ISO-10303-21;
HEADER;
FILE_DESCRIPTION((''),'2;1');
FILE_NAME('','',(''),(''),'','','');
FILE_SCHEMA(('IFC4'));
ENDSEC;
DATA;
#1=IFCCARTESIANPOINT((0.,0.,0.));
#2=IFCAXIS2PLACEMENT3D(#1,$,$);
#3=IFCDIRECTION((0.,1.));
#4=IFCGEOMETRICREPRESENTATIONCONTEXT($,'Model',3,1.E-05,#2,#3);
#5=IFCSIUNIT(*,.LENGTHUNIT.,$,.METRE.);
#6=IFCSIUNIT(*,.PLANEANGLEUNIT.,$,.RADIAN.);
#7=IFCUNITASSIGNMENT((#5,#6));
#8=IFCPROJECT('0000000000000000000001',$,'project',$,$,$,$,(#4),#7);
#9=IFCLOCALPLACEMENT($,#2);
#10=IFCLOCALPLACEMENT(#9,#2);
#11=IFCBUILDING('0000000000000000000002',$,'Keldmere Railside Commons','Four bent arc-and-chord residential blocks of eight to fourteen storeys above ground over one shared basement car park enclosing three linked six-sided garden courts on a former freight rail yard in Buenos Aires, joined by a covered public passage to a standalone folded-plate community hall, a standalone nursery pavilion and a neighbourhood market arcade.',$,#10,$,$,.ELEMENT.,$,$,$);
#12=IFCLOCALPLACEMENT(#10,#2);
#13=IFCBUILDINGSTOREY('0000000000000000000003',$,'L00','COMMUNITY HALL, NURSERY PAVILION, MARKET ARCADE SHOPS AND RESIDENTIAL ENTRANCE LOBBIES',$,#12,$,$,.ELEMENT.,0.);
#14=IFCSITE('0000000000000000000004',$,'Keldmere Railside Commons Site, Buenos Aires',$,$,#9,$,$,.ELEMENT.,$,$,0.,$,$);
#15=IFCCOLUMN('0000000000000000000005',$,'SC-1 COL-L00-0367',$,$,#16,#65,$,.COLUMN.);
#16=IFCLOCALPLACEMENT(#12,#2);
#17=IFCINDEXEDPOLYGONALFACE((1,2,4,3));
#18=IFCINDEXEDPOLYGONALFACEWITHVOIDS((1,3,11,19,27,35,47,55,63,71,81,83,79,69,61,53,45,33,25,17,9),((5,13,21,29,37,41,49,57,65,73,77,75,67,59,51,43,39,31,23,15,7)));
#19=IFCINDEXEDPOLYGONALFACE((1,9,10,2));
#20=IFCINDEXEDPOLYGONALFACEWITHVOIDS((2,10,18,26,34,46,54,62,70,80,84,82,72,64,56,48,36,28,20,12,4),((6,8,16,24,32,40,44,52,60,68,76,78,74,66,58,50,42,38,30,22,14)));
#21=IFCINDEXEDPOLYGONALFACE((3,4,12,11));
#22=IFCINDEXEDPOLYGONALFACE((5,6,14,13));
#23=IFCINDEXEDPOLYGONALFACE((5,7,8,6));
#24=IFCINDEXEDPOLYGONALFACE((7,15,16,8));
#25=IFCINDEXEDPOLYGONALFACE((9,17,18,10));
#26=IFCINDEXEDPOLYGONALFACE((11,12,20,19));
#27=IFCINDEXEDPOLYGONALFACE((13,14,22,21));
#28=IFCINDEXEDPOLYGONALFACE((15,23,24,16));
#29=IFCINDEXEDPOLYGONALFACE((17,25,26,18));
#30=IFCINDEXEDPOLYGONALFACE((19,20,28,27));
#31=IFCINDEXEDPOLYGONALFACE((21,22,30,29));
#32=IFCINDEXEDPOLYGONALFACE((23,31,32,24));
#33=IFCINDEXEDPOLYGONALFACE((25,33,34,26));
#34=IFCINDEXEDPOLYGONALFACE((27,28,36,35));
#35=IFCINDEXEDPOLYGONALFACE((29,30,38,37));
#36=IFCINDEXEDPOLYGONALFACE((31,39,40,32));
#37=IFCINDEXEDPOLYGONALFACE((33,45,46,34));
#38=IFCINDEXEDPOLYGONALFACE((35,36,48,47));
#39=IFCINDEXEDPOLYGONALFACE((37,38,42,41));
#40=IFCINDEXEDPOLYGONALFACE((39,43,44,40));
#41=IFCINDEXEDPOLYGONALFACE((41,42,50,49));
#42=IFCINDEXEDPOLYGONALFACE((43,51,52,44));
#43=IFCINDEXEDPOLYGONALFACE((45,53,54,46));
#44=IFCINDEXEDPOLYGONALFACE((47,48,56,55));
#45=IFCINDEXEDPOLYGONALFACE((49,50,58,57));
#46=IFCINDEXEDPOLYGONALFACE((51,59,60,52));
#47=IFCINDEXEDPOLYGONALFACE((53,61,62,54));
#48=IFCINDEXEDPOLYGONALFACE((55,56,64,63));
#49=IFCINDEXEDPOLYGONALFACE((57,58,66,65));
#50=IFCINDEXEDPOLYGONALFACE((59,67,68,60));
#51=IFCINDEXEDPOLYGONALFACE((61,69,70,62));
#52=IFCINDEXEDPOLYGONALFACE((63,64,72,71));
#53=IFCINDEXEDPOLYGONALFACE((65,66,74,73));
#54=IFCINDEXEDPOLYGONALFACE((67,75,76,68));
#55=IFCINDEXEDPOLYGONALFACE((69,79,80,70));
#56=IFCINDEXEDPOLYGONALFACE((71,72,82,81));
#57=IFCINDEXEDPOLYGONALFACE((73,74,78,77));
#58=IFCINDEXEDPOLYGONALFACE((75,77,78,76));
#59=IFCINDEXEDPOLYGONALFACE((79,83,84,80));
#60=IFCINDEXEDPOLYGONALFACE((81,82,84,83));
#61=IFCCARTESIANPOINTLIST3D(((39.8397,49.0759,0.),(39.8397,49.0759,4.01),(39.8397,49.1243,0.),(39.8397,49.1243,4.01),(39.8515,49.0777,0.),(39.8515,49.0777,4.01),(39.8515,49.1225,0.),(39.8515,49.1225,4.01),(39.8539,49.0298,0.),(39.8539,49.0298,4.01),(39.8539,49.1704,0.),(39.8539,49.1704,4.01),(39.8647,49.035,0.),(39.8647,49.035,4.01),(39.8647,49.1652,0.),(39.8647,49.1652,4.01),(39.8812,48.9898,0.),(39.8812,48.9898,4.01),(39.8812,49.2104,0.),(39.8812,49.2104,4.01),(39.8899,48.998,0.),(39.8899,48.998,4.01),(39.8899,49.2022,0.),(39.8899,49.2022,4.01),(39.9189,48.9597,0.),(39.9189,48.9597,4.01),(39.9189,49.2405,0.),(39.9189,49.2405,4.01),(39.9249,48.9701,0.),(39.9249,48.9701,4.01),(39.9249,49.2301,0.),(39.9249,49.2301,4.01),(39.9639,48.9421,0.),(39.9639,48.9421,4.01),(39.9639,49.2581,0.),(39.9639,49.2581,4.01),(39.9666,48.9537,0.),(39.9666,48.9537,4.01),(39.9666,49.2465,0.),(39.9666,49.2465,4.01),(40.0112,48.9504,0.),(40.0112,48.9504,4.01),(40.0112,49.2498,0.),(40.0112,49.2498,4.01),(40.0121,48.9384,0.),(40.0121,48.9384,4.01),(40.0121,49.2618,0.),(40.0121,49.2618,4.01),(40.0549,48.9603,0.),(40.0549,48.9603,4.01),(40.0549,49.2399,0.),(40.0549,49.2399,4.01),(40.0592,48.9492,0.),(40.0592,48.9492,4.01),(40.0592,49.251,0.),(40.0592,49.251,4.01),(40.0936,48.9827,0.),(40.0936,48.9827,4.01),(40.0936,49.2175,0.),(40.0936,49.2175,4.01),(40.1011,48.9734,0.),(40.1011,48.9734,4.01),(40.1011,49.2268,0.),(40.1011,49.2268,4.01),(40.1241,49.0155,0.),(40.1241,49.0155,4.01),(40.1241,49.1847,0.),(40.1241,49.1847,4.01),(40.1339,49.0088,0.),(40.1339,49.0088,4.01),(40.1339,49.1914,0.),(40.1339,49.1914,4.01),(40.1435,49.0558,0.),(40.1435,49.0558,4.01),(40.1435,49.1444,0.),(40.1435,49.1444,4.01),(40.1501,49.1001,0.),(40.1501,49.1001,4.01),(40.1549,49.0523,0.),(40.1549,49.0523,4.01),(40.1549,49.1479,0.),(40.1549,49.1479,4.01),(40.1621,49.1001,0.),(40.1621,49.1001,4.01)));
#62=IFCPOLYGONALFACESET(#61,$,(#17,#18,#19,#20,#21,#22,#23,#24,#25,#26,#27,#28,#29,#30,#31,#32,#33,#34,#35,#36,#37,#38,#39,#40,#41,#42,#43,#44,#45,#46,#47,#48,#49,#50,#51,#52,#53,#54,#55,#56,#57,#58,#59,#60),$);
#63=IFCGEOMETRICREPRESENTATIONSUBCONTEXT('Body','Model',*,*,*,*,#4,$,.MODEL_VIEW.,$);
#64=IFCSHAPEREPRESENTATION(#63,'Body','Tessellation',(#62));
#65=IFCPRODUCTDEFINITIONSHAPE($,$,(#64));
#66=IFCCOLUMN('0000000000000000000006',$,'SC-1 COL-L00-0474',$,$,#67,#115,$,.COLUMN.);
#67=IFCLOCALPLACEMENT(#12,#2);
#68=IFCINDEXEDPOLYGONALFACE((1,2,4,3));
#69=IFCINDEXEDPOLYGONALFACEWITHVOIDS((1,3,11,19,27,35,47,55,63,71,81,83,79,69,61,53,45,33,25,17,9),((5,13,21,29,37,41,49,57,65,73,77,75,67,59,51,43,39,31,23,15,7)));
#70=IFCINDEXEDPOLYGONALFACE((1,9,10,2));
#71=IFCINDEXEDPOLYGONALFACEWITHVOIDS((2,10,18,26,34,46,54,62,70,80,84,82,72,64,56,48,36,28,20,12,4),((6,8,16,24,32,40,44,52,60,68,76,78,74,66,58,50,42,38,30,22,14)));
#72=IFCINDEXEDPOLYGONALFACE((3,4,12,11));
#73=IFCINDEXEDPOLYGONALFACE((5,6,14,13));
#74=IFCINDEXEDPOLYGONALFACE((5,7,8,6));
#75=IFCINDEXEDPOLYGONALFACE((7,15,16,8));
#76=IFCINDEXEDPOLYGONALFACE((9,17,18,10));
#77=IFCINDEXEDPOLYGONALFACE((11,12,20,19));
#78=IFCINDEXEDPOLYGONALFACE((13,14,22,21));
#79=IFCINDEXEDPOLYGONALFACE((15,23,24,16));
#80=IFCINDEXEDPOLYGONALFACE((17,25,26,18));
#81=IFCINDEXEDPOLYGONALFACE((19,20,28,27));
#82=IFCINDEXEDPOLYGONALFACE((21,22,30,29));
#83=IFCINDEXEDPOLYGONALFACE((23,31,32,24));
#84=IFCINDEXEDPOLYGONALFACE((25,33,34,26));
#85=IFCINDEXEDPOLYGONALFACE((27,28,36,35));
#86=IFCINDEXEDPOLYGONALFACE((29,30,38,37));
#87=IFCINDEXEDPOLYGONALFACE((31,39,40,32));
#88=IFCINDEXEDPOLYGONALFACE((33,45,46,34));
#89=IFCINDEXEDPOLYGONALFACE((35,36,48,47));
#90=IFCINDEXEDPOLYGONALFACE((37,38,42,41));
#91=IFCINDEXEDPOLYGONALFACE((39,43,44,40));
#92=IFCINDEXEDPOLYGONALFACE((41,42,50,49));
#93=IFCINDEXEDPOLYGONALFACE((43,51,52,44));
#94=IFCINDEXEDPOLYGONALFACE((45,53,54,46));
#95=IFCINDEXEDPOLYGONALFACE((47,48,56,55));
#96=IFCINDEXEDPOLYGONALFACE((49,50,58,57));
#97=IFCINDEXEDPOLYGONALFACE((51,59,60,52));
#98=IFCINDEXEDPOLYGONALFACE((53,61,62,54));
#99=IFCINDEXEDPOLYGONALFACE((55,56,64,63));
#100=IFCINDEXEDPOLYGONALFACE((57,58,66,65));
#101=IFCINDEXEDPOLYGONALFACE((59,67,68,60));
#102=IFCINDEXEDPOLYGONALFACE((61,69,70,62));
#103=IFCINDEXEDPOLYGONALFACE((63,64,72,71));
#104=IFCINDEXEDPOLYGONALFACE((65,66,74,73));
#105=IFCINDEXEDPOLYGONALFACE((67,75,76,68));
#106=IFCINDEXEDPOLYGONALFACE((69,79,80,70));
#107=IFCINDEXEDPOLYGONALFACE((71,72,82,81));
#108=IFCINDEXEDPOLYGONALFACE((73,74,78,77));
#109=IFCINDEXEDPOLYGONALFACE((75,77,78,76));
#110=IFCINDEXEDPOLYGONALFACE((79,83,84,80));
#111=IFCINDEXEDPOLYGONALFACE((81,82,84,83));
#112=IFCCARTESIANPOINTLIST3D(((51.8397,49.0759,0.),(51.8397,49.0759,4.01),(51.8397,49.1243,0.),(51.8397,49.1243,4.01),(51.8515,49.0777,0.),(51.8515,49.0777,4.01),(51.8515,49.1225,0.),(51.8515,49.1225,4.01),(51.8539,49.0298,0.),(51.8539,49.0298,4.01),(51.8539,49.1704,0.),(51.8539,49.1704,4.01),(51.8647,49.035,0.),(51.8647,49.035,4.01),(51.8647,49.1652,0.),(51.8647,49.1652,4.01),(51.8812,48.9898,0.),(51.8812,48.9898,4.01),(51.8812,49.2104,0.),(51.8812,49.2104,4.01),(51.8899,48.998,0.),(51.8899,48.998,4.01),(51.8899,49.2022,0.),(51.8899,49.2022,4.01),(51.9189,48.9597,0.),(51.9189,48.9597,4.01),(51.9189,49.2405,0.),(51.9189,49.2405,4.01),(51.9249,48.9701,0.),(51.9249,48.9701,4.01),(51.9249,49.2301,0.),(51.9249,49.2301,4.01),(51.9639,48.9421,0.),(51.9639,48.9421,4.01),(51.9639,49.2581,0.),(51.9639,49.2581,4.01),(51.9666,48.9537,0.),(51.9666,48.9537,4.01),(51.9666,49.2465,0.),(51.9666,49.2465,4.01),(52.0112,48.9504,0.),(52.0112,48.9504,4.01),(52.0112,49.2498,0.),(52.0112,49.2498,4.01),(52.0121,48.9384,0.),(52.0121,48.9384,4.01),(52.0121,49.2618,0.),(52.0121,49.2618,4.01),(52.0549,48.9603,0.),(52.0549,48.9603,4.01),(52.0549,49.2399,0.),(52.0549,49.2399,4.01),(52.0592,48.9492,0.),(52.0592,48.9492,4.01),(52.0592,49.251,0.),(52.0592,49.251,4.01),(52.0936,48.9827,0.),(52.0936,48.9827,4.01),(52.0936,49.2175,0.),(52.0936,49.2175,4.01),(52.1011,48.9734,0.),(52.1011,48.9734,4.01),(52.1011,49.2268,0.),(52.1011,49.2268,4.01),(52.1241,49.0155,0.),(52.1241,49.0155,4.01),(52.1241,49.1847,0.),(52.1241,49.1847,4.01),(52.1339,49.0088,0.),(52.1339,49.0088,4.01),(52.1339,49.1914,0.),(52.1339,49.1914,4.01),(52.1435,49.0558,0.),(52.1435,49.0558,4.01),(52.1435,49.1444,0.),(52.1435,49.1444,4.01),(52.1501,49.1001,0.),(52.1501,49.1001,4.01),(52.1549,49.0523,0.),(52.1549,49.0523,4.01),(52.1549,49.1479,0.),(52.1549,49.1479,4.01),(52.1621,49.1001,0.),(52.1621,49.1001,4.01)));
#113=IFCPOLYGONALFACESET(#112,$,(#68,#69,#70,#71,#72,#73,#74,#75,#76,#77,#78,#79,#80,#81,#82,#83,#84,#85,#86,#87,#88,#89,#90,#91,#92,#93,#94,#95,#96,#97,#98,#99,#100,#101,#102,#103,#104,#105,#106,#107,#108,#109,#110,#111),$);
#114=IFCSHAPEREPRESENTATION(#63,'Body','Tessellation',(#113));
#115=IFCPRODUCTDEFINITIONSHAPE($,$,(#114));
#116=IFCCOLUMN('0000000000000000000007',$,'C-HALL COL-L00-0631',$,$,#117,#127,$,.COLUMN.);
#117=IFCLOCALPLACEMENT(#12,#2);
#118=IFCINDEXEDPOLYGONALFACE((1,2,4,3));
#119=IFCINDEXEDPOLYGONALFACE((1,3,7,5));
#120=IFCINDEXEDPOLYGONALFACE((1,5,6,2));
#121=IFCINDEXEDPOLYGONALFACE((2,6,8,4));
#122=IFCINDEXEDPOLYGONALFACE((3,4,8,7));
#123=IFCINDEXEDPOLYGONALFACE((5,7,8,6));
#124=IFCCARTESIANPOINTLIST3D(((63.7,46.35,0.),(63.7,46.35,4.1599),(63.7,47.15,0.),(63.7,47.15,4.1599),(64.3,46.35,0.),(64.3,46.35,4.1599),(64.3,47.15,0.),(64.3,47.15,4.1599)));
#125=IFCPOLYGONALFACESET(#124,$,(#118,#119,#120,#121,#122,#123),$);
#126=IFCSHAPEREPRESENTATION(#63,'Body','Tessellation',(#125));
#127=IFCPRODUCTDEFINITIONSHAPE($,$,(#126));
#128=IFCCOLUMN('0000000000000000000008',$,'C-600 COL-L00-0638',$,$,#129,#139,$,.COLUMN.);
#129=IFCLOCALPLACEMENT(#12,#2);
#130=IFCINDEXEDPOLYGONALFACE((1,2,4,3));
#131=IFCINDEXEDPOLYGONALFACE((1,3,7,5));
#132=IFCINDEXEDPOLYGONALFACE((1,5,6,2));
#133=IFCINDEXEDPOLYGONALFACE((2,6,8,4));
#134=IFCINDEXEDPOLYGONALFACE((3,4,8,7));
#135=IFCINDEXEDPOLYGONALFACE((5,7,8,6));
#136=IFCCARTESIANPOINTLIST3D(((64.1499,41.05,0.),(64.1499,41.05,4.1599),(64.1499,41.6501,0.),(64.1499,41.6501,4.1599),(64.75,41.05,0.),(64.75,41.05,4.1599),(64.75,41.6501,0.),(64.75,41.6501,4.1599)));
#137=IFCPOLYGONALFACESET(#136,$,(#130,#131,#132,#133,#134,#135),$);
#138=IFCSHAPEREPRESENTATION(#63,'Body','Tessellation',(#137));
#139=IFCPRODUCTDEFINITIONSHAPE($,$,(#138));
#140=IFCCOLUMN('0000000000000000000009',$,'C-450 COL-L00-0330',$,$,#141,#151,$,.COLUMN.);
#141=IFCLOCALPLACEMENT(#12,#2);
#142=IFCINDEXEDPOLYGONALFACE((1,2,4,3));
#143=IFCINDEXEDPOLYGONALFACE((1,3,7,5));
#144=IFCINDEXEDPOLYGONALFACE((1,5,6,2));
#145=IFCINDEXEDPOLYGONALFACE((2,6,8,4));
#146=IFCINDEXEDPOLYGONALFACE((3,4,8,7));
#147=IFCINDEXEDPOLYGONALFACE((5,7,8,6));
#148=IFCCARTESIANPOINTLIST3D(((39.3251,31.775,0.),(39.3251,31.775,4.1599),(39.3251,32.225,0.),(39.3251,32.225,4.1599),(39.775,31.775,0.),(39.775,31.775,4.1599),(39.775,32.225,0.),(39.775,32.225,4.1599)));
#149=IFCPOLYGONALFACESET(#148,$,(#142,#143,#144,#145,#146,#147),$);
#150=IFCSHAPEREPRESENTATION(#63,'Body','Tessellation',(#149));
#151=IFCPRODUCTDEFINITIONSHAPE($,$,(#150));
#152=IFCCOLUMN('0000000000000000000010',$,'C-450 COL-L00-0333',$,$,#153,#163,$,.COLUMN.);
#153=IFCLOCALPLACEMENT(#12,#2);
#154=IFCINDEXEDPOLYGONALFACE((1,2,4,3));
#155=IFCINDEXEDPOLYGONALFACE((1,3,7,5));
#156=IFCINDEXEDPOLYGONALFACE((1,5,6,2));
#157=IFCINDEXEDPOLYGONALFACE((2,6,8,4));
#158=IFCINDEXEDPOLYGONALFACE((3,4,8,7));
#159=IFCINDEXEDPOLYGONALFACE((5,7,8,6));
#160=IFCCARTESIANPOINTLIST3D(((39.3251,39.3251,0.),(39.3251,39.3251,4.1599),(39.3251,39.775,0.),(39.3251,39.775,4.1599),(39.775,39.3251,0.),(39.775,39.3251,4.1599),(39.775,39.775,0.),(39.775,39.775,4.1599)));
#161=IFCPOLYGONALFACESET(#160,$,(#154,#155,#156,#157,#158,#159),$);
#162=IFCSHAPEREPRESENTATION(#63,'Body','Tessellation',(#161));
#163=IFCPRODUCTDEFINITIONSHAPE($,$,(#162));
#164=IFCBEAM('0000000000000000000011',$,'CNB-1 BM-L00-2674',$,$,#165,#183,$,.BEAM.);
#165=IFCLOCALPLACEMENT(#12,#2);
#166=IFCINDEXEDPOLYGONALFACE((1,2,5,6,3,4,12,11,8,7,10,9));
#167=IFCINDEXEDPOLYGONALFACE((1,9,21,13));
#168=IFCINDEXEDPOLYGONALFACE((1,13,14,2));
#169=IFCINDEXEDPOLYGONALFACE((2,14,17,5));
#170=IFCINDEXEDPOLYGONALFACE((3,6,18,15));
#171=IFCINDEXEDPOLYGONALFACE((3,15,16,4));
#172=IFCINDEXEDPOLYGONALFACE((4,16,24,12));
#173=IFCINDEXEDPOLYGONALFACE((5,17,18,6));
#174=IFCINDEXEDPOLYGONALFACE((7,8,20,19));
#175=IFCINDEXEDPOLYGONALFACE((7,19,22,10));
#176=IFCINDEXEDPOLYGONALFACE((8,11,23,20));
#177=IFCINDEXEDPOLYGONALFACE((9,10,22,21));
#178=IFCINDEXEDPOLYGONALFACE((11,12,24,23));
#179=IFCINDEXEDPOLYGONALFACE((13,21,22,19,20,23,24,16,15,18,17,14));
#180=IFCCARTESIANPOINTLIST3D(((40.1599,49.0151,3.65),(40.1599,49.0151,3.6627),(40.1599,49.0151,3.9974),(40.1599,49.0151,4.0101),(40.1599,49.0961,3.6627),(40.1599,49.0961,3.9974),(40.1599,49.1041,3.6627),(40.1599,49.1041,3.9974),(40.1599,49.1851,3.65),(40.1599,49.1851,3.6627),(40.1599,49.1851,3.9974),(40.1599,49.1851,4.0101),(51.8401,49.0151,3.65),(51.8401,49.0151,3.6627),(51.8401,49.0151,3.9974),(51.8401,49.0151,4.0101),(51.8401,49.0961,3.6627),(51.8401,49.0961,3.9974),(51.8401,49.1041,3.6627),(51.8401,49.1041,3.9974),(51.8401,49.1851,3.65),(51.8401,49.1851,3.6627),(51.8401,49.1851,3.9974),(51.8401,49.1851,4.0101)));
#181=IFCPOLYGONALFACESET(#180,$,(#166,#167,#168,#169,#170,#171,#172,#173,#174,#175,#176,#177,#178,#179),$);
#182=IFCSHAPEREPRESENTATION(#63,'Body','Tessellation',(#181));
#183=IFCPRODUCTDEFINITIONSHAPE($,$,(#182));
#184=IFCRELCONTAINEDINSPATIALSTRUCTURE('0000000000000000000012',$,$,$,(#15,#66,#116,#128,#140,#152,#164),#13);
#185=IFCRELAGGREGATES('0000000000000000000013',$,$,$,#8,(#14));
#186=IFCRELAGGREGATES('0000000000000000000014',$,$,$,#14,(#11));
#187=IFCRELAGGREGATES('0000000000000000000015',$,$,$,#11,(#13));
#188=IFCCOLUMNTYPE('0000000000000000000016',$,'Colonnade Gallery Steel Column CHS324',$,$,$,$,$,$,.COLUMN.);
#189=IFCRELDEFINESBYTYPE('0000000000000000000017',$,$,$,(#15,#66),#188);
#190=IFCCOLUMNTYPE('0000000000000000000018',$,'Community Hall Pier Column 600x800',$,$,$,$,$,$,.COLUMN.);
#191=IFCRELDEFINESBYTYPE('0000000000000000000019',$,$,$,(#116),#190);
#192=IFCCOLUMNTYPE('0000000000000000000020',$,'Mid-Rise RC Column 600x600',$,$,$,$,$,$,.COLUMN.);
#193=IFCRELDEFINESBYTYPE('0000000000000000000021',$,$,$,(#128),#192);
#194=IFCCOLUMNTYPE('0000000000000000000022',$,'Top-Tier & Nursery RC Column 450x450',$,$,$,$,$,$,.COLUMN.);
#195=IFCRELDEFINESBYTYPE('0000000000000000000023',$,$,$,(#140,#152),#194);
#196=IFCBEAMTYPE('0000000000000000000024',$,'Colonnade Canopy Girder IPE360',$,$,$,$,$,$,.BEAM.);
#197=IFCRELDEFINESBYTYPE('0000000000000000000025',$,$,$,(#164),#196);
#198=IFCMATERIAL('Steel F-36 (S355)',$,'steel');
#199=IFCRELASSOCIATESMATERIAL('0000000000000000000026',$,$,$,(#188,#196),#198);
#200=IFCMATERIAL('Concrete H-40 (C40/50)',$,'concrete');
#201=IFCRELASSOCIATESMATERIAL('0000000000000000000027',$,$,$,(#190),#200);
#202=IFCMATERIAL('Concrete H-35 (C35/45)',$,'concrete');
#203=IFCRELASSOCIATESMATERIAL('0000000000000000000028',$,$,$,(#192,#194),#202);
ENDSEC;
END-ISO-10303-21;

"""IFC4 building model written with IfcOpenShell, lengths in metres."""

from ifc_helpers import new_model, si_unit, direction, frame, origin, origin_2d, place, context, subcontext, project, spatial, rectangle, hollow_circle, i_section, extrude, material, material_profile, profile_set, type_object, element, save


model = new_model("IFC4")

# Units and contexts
model_context = context("Model", 3, precision=1e-05, world=origin(), true_north=direction((0.0, 1.0)))
body_context = subcontext(model_context, "Body", "Model", "MODEL_VIEW")
ifc_project = project(units=[si_unit("LENGTHUNIT", "METRE"), si_unit("PLANEANGLEUNIT", "RADIAN")], contexts=[model_context])

# Site, building, storey
site_placement = place(None, origin())
site = spatial("IfcSite", under=ifc_project, at=site_placement, Name="Keldmere Railside Commons Site, Buenos Aires", CompositionType="ELEMENT", RefElevation=0.0)
building_placement = place(site_placement, origin())
building = spatial("IfcBuilding", under=site, at=building_placement, Name="Keldmere Railside Commons", Description="Four bent arc-and-chord residential blocks of eight to fourteen storeys above ground over one shared basement car park enclosing three linked six-sided garden courts on a former freight rail yard in Buenos Aires, joined by a covered public passage to a standalone folded-plate community hall, a standalone nursery pavilion and a neighbourhood market arcade.", CompositionType="ELEMENT")
storey_placement = place(building_placement, origin())
storey = spatial("IfcBuildingStorey", under=building, at=storey_placement, Name="L00", Description="COMMUNITY HALL, NURSERY PAVILION, MARKET ARCADE SHOPS AND RESIDENTIAL ENTRANCE LOBBIES", CompositionType="ELEMENT", Elevation=0.0)

# Columns
ifc_material_1 = material(Name="Steel F-36 (S355)", Category="steel")
ifc_material_profile_1 = material_profile(ifc_material_1, hollow_circle(Radius=0.1621, WallThickness=0.012, at=origin_2d()), Name="CHS-324x12")
ifc_profile_set_1 = profile_set([ifc_material_profile_1], Name="Steel F-36 (S355)")
column_type_1 = type_object("IfcColumnType", Name="Colonnade Gallery Steel Column CHS324", PredefinedType="COLUMN", material=ifc_profile_set_1)
for number, where, z_axis, x_axis, name in (
    (1, (40.0, 49.1001, 0.0), (0.0, 0.0, 1.0), (1.0, 0.0, 0.0), "SC-1 COL-L00-0367"),
    (2, (52.0, 49.1001, 0.0), (0.0, 0.0, 1.0), (1.0, 0.0, 0.0), "SC-1 COL-L00-0474"),
):
    element("IfcColumn", number, at=place(storey_placement, frame(where, z_axis=z_axis, x_axis=x_axis)), inside=storey, type_object=column_type_1, Name=name, PredefinedType="COLUMN", context=body_context, shape_type="SweptSolid", body=[
        extrude(hollow_circle(Radius=0.1621, WallThickness=0.012, at=origin_2d()), origin(), (0.0, 0.0, 1.0), 4.01),
    ])
ifc_material_2 = material(Name="Concrete H-40 (C40/50)", Category="concrete")
ifc_material_profile_2 = material_profile(ifc_material_2, rectangle(XDim=0.6001, YDim=0.8, at=origin_2d()), Name="RC-600x800")
ifc_profile_set_2 = profile_set([ifc_material_profile_2], Name="Concrete H-40 (C40/50)")
column_type_2 = type_object("IfcColumnType", Name="Community Hall Pier Column 600x800", PredefinedType="COLUMN", material=ifc_profile_set_2)
column_1_placement = place(storey_placement, frame((64.0, 46.75, 0.0), z_axis=(0.0, 0.0, 1.0), x_axis=(1.0, 0.0, 0.0)))
element("IfcColumn", 3, at=column_1_placement, inside=storey, type_object=column_type_2, Name="C-HALL COL-L00-0631", PredefinedType="COLUMN", context=body_context, shape_type="SweptSolid", body=[
    extrude(rectangle(XDim=0.6001, YDim=0.8, at=origin_2d()), origin(), (0.0, 0.0, 1.0), 4.1599),
])
ifc_material_3 = material(Name="Concrete H-35 (C35/45)", Category="concrete")
ifc_material_profile_3 = material_profile(ifc_material_3, rectangle(XDim=0.6001, YDim=0.6001, at=origin_2d()), Name="RC-600x600")
ifc_profile_set_3 = profile_set([ifc_material_profile_3], Name="Concrete H-35 (C35/45)")
column_type_3 = type_object("IfcColumnType", Name="Mid-Rise RC Column 600x600", PredefinedType="COLUMN", material=ifc_profile_set_3)
column_2_placement = place(storey_placement, frame((64.45, 41.3501, 0.0), z_axis=(0.0, 0.0, 1.0), x_axis=(1.0, 0.0, 0.0)))
element("IfcColumn", 4, at=column_2_placement, inside=storey, type_object=column_type_3, Name="C-600 COL-L00-0638", PredefinedType="COLUMN", context=body_context, shape_type="SweptSolid", body=[
    extrude(rectangle(XDim=0.6001, YDim=0.6001, at=origin_2d()), origin(), (0.0, 0.0, 1.0), 4.1599),
])
ifc_material_profile_4 = material_profile(ifc_material_3, rectangle(XDim=0.45, YDim=0.45, at=origin_2d()), Name="RC-450x450")
ifc_profile_set_4 = profile_set([ifc_material_profile_4], Name="Concrete H-35 (C35/45)")
column_type_4 = type_object("IfcColumnType", Name="Top-Tier & Nursery RC Column 450x450", PredefinedType="COLUMN", material=ifc_profile_set_4)
for number, where, z_axis, x_axis, name in (
    (5, (39.55, 32.0, 0.0), (0.0, 0.0, 1.0), (1.0, 0.0, 0.0), "C-450 COL-L00-0330"),
    (6, (39.55, 39.55, 0.0), (0.0, 0.0, 1.0), (1.0, 0.0, 0.0), "C-450 COL-L00-0333"),
):
    element("IfcColumn", number, at=place(storey_placement, frame(where, z_axis=z_axis, x_axis=x_axis)), inside=storey, type_object=column_type_4, Name=name, PredefinedType="COLUMN", context=body_context, shape_type="SweptSolid", body=[
        extrude(rectangle(XDim=0.45, YDim=0.45, at=origin_2d()), origin(), (0.0, 0.0, 1.0), 4.1599),
    ])

# Beam
ifc_material_profile_5 = material_profile(ifc_material_1, i_section(OverallWidth=0.1699, OverallDepth=0.3601, WebThickness=0.0081, FlangeThickness=0.0127, at=origin_2d()), Name="IPE-360")
ifc_profile_set_5 = profile_set([ifc_material_profile_5], Name="Steel F-36 (S355)")
beam_type_1 = type_object("IfcBeamType", Name="Colonnade Canopy Girder IPE360", PredefinedType="BEAM", material=ifc_profile_set_5)
beam_1_placement = place(storey_placement, frame((40.1599, 49.1001, 3.8301), z_axis=(1.0, 0.0, 0.0), x_axis=(0.0, 1.0, 0.0)))
element("IfcBeam", 7, at=beam_1_placement, inside=storey, type_object=beam_type_1, Name="CNB-1 BM-L00-2674", PredefinedType="BEAM", context=body_context, shape_type="SweptSolid", body=[
    extrude(i_section(OverallWidth=0.1699, OverallDepth=0.3601, WebThickness=0.0081, FlangeThickness=0.0127, at=origin_2d()), origin(), (0.0, 0.0, 1.0), 11.6802),
])

save(model, "model.ifc")
